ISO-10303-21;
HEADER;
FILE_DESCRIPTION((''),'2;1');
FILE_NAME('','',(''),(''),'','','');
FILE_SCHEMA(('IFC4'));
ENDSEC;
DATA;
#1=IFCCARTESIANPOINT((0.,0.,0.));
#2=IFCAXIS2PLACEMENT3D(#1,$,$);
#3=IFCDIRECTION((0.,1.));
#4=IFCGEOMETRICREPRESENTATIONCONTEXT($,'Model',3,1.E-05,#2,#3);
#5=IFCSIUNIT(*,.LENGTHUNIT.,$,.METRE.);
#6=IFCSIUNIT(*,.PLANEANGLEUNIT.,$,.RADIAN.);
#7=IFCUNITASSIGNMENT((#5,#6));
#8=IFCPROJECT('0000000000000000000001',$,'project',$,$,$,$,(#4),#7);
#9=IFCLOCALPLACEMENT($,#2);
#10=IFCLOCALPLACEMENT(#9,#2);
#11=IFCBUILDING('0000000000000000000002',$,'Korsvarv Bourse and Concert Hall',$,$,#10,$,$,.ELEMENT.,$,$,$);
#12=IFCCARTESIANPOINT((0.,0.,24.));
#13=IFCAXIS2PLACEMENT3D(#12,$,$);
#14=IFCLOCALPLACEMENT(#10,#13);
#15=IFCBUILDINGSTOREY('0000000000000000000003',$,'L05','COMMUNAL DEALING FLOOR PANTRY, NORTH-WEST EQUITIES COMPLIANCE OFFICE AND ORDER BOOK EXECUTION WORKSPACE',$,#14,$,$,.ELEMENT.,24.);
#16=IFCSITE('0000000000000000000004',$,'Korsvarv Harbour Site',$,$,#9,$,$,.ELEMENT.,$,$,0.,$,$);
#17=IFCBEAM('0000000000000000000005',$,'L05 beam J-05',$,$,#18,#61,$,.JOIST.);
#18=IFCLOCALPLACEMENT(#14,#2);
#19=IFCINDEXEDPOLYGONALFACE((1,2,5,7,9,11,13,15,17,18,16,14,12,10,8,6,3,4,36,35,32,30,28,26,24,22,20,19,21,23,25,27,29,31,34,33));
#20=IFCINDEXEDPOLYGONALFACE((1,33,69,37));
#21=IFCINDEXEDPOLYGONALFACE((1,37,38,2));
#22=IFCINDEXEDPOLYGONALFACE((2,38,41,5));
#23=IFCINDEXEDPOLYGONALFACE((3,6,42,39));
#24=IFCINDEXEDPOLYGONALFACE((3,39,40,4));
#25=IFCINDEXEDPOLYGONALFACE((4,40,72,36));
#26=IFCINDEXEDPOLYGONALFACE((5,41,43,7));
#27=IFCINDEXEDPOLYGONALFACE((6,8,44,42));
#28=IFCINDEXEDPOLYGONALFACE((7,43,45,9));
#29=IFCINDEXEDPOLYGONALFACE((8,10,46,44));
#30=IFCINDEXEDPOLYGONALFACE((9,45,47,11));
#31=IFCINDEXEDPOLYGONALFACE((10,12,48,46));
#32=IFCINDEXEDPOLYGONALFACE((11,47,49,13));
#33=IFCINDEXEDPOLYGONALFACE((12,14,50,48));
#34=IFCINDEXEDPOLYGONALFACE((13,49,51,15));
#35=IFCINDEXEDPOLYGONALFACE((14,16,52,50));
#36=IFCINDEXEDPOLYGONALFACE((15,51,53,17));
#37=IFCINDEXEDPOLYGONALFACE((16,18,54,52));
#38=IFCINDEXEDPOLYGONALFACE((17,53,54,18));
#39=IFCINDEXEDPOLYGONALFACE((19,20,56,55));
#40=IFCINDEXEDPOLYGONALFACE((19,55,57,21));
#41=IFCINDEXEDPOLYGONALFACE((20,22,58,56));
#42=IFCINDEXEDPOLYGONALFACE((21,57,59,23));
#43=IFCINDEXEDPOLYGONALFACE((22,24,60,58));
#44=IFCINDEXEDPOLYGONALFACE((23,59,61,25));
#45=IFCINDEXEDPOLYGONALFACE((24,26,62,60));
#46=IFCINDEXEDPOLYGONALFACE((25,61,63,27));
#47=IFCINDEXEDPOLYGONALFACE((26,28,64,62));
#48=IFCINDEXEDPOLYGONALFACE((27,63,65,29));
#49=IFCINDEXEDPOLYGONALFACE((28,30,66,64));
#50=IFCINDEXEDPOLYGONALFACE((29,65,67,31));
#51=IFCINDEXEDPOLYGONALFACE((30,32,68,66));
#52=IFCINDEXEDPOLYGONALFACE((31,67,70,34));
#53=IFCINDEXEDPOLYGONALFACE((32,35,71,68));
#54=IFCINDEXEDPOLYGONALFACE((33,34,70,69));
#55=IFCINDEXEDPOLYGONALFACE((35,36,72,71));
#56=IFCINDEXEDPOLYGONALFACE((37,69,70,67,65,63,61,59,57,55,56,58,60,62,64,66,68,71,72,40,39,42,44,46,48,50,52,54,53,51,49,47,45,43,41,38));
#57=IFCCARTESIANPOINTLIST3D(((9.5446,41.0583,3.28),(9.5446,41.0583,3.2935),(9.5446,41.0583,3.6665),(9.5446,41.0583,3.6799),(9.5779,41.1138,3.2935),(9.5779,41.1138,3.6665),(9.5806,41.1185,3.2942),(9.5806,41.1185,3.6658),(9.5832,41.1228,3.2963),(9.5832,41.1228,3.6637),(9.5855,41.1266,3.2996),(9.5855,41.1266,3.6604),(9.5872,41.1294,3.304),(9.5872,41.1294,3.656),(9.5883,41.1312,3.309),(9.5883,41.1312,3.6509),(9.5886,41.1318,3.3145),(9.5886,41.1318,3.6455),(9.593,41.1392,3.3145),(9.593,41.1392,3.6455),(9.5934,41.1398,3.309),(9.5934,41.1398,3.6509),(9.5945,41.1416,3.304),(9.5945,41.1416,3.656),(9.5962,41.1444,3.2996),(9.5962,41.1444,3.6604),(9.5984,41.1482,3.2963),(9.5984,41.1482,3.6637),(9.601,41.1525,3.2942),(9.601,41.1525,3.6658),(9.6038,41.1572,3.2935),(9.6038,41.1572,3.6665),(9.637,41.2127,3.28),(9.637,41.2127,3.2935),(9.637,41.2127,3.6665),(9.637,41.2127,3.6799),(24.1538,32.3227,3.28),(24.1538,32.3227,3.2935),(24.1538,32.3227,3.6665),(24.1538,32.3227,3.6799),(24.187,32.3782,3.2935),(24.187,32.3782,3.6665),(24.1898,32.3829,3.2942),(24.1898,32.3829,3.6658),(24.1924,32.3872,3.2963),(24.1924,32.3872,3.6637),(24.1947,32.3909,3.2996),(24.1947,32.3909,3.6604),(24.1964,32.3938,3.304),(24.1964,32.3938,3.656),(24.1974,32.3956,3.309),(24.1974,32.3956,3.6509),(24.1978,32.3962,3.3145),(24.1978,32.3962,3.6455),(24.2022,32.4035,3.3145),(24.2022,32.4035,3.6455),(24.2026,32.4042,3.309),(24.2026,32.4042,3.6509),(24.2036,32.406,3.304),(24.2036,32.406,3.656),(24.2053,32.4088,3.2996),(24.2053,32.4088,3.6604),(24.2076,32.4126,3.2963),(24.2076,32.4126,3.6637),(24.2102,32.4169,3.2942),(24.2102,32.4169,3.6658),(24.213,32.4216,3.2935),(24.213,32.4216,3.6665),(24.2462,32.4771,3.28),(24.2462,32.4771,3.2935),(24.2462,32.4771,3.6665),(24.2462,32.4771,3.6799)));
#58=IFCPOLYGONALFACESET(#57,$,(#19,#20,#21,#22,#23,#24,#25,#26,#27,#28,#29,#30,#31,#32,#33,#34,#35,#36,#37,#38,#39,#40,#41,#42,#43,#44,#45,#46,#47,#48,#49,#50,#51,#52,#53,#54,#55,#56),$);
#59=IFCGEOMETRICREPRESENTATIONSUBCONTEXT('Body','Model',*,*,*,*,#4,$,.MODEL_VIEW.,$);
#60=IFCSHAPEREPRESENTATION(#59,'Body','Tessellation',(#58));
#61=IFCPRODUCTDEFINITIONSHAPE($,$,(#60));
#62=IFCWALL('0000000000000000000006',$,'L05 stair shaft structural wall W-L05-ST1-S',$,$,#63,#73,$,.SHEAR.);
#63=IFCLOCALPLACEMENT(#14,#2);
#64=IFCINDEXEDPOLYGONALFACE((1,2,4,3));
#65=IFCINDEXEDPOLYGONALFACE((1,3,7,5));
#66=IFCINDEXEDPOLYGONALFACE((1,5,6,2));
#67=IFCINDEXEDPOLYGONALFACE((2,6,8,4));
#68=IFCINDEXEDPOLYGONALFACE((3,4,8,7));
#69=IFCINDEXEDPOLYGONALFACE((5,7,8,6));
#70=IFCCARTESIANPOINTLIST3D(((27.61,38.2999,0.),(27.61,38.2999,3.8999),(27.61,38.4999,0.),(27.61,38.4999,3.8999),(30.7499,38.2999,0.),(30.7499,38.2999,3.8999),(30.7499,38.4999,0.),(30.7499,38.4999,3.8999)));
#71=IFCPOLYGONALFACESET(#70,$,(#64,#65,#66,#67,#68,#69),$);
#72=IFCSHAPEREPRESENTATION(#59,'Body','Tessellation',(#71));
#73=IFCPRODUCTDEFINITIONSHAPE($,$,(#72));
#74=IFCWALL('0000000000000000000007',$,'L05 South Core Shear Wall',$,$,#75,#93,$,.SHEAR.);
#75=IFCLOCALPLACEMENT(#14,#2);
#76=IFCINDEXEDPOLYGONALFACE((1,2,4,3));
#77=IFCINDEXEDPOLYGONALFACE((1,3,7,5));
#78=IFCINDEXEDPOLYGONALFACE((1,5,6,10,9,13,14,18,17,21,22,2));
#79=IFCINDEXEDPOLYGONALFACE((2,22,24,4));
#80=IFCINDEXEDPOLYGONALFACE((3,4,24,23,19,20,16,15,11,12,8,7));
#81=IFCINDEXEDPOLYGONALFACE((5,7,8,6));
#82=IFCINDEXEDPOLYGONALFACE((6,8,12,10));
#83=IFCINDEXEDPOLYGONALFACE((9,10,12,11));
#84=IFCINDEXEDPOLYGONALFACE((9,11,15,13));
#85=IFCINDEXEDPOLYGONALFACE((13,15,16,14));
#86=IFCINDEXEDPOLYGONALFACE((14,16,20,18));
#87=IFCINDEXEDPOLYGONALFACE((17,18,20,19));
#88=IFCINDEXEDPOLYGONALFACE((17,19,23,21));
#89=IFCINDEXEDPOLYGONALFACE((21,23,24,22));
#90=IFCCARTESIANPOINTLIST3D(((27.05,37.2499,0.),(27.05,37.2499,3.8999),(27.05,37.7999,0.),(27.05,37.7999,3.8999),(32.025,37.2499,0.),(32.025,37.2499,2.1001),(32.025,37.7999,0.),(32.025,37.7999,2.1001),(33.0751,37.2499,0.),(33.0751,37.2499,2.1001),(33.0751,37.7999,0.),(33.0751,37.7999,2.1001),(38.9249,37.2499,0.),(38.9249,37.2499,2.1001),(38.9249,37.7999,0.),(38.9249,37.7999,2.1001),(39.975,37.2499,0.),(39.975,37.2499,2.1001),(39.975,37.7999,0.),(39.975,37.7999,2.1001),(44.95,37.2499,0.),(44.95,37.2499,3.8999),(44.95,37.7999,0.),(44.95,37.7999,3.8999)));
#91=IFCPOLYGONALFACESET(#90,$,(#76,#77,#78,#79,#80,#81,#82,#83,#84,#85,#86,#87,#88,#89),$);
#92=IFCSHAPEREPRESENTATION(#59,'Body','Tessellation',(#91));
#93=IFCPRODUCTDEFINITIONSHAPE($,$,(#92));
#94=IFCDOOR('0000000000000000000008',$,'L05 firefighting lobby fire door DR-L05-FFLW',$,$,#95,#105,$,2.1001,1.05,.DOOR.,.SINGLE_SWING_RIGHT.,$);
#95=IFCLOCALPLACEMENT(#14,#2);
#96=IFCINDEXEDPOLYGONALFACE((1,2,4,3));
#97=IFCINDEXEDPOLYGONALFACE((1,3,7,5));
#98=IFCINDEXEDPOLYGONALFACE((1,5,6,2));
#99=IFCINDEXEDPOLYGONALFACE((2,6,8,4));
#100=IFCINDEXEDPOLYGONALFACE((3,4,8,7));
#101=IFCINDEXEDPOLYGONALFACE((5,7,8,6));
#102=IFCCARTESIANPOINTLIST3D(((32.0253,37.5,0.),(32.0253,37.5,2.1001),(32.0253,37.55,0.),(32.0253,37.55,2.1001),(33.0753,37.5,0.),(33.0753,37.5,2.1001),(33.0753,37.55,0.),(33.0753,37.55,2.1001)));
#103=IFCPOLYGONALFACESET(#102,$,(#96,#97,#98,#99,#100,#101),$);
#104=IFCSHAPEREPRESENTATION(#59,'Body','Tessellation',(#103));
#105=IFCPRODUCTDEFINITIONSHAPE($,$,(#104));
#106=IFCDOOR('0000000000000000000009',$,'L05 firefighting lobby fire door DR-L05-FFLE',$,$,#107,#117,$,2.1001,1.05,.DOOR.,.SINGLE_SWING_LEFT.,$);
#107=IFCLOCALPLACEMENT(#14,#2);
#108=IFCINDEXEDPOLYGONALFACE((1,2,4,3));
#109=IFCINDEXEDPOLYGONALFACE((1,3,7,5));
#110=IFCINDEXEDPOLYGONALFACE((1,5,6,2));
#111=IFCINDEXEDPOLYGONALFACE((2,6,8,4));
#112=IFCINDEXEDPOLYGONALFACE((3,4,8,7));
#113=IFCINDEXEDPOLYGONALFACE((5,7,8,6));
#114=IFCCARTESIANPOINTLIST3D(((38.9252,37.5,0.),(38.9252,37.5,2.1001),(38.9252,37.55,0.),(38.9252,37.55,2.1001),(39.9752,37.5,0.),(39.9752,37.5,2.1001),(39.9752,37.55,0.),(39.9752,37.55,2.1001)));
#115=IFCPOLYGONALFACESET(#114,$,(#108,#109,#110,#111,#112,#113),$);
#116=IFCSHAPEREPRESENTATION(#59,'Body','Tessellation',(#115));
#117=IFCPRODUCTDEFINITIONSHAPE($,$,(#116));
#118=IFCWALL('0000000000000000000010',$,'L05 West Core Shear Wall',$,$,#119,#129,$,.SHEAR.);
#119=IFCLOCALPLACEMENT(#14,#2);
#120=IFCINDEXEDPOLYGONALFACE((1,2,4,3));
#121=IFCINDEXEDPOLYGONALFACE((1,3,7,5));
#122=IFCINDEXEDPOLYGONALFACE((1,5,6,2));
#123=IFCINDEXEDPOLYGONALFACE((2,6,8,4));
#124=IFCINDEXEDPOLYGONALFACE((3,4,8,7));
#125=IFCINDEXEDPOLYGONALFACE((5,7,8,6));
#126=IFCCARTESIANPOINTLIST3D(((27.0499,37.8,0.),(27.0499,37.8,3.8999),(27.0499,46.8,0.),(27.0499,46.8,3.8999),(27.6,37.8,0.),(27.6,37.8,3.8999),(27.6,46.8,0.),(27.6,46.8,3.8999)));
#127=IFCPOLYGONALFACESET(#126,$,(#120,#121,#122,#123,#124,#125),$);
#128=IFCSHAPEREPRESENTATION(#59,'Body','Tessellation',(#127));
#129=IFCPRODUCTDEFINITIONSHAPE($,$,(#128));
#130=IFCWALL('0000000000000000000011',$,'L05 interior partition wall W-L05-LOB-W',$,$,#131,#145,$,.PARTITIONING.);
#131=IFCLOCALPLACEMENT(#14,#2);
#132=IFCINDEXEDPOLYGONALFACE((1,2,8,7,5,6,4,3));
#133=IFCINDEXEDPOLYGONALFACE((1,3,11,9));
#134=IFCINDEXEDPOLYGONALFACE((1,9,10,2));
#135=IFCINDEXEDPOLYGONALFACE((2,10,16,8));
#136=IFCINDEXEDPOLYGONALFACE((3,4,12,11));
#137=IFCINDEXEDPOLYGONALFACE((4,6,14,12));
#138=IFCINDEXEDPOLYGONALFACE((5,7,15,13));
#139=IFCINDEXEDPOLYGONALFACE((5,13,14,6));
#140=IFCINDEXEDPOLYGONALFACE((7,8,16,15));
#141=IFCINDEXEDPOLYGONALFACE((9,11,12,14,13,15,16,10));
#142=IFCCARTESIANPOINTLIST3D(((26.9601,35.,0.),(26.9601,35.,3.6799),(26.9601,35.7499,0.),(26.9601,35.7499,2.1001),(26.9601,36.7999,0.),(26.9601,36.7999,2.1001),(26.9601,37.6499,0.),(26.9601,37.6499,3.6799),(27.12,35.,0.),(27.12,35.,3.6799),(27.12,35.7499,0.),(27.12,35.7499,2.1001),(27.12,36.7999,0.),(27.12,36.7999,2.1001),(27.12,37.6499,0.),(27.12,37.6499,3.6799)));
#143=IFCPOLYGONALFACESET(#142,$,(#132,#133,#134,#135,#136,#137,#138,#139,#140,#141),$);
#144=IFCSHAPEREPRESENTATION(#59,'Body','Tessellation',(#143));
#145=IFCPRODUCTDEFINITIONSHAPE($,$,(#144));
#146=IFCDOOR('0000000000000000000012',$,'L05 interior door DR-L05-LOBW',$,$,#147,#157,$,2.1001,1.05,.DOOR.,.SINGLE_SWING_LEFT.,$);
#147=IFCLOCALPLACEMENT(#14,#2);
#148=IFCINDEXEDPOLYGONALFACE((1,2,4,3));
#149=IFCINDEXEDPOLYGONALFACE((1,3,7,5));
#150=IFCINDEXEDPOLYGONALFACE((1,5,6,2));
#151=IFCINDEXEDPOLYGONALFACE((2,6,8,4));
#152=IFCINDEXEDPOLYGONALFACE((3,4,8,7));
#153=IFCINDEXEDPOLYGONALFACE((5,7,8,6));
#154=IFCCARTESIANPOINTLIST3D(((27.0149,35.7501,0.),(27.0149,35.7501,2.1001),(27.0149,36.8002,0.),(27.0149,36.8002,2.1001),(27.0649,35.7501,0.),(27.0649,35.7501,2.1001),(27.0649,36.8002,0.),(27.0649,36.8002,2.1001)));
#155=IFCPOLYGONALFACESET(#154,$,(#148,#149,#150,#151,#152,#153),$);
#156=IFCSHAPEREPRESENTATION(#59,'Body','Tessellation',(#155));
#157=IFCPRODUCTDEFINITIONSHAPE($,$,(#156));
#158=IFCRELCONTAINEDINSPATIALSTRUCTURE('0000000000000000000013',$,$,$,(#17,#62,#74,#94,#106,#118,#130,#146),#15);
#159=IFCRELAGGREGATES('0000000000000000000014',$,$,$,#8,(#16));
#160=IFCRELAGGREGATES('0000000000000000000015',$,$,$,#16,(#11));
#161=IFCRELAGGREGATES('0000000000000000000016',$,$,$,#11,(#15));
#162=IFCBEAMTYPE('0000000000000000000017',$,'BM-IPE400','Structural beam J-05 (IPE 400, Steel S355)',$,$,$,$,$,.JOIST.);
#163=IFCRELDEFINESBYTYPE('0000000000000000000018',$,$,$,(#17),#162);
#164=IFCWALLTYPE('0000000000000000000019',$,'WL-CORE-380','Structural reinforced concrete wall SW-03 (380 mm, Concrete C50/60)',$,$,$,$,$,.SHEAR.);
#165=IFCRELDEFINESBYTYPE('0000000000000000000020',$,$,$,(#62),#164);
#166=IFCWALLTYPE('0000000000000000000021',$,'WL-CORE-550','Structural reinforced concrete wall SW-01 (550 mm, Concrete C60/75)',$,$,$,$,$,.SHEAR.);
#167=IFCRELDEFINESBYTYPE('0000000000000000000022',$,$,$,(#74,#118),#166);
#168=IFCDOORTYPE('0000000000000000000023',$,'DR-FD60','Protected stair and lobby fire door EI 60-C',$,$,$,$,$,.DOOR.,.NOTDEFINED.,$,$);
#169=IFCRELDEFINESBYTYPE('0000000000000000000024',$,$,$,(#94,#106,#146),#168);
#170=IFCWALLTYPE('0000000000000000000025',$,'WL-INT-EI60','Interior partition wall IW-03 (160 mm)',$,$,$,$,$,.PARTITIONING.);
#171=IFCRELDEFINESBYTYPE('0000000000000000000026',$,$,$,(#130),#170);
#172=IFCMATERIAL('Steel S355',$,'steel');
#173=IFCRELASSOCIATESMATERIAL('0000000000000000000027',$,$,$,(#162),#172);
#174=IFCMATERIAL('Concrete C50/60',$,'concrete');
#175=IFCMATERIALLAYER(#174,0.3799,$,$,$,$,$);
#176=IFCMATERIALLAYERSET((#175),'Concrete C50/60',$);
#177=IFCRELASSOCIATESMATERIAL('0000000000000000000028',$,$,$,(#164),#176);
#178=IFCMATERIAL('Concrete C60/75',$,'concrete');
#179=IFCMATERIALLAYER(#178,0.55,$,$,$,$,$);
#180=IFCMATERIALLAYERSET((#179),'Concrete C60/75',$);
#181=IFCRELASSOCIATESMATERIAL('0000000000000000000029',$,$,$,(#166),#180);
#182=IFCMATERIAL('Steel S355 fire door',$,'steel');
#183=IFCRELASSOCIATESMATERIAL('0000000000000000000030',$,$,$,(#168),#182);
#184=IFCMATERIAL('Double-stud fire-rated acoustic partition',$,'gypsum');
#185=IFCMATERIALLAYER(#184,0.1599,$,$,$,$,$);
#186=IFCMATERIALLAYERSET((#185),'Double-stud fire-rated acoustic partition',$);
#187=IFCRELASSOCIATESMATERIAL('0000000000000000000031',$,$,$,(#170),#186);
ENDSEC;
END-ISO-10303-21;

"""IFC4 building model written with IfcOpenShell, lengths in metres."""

from ifc_helpers import new_model, si_unit, direction, frame, frame_2d, origin, origin_2d, place, context, subcontext, project, spatial, rectangle, i_section, extrude, source, transform, mapped, material, layer, layer_set, material_profile, profile_set, type_object, element, fill, save


model = new_model("IFC4")

# Units and contexts
model_context = context("Model", 3, precision=1e-05, world=origin(), true_north=direction((0.0, 1.0)))
body_context = subcontext(model_context, "Body", "Model", "MODEL_VIEW")
ifc_project = project(units=[si_unit("LENGTHUNIT", "METRE"), si_unit("PLANEANGLEUNIT", "RADIAN")], contexts=[model_context])

# Site, building, storey
site_placement = place(None, origin())
site = spatial("IfcSite", under=ifc_project, at=site_placement, Name="Korsvarv Harbour Site", CompositionType="ELEMENT", RefElevation=0.0)
building_placement = place(site_placement, origin())
building = spatial("IfcBuilding", under=site, at=building_placement, Name="Korsvarv Bourse and Concert Hall", CompositionType="ELEMENT")
storey_placement = place(building_placement, frame((0.0, 0.0, 24.0)))
storey = spatial("IfcBuildingStorey", under=building, at=storey_placement, Name="L05", Description="COMMUNAL DEALING FLOOR PANTRY, NORTH-WEST EQUITIES COMPLIANCE OFFICE AND ORDER BOOK EXECUTION WORKSPACE", CompositionType="ELEMENT", Elevation=24.0)

# Shared definitions
ifc_material_1 = material(Name="Concrete C60/75", Category="concrete")

# Beam
ifc_material_2 = material(Name="Steel S355", Category="steel")
ifc_material_profile_1 = material_profile(ifc_material_2, i_section(OverallWidth=0.1799, OverallDepth=0.3999, WebThickness=0.0085, FlangeThickness=0.0134, FilletRadius=0.021, at=origin_2d()), Name="IPE 400")
ifc_profile_set_1 = profile_set([ifc_material_profile_1], Name="Steel S355")
beam_type_1 = type_object("IfcBeamType", Name="BM-IPE400", Description="Structural beam J-05 (IPE 400, Steel S355)", PredefinedType="JOIST", material=ifc_profile_set_1)
shared_shape_1 = source(origin(), body_context, "Body", "SweptSolid", [
    extrude(i_section(OverallWidth=0.1799, OverallDepth=0.3999, WebThickness=0.0085, FlangeThickness=0.0134, FilletRadius=0.021, at=origin_2d()), origin(), (0.0, 0.0, 1.0), 17.0217),
])
beam_1_placement = place(storey_placement, frame((9.5908, 41.1355, 3.48), z_axis=(0.858266, -0.513204, 0.0), x_axis=(0.513204, 0.858266, 0.0)))
element("IfcBeam", 1, at=beam_1_placement, inside=storey, type_object=beam_type_1, Name="L05 beam J-05", PredefinedType="JOIST", context=body_context, shape_type="MappedRepresentation", body=[
    mapped(shared_shape_1, transform((0.0, 0.0, 0.0), scale=1.0)),
])

# Wall
ifc_material_3 = material(Name="Concrete C50/60", Category="concrete")
ifc_layer_1 = layer(ifc_material_3, 0.3799)
ifc_layer_set_1 = layer_set([ifc_layer_1], Name="Concrete C50/60")
wall_type_1 = type_object("IfcWallType", Name="WL-CORE-380", Description="Structural reinforced concrete wall SW-03 (380 mm, Concrete C50/60)", PredefinedType="SHEAR", material=ifc_layer_set_1)
wall_1_placement = place(storey_placement, frame((27.6101, 38.3999, 0.0), z_axis=(0.0, 0.0, 1.0), x_axis=(1.0, 0.0, 0.0)))
element("IfcWall", 2, at=wall_1_placement, inside=storey, type_object=wall_type_1, Name="L05 stair shaft structural wall W-L05-ST1-S", PredefinedType="SHEAR", context=body_context, shape_type="SweptSolid", body=[
    extrude(rectangle(XDim=3.1399, YDim=0.2, at=frame_2d((1.5698, 0.0))), origin(), (0.0, 0.0, 1.0), 3.8999),
])

# Wall, openings, doors
ifc_layer_2 = layer(ifc_material_1, 0.55)
ifc_layer_set_2 = layer_set([ifc_layer_2], Name="Concrete C60/75")
wall_type_2 = type_object("IfcWallType", Name="WL-CORE-550", Description="Structural reinforced concrete wall SW-01 (550 mm, Concrete C60/75)", PredefinedType="SHEAR", material=ifc_layer_set_2)
wall_2_placement = place(storey_placement, frame((27.05, 37.5249, 0.0), z_axis=(0.0, 0.0, 1.0), x_axis=(1.0, 0.0, 0.0)))
wall_2 = element("IfcWall", 3, at=wall_2_placement, inside=storey, type_object=wall_type_2, Name="L05 South Core Shear Wall", PredefinedType="SHEAR", context=body_context, shape_type="SweptSolid", body=[
    extrude(rectangle(XDim=17.8999, YDim=0.55, at=frame_2d((8.95, 0.0))), origin(), (0.0, 0.0, 1.0), 3.8999),
])
opening_1_placement = place(wall_2_placement, frame((4.9751, 0.0, 0.0)))
opening_1 = element("IfcOpeningElement", 4, at=opening_1_placement, cuts=wall_2, PredefinedType="OPENING", context=body_context, shape_type="SweptSolid", body=[
    extrude(rectangle(XDim=1.05, YDim=2.1001, at=frame_2d((0.5249, 1.05))), frame((0.0, 0.2852, 0.0), z_axis=(0.0, -1.0, 0.0), x_axis=(1.0, 0.0, 0.0)), (0.0, 0.0, 1.0), 0.5701),
])
opening_2_placement = place(wall_2_placement, frame((11.875, 0.0, 0.0)))
opening_2 = element("IfcOpeningElement", 5, at=opening_2_placement, cuts=wall_2, PredefinedType="OPENING", context=body_context, shape_type="SweptSolid", body=[
    extrude(rectangle(XDim=1.05, YDim=2.1001, at=frame_2d((0.5249, 1.05))), frame((0.0, 0.2852, 0.0), z_axis=(0.0, -1.0, 0.0), x_axis=(1.0, 0.0, 0.0)), (0.0, 0.0, 1.0), 0.5701),
])
ifc_material_4 = material(Name="Steel S355 fire door", Category="steel")
door_type_1 = type_object("IfcDoorType", Name="DR-FD60", Description="Protected stair and lobby fire door EI 60-C", OperationType="NOTDEFINED", PredefinedType="DOOR", material=ifc_material_4)
door_1_placement = place(opening_1_placement, frame((1.05, 0.0, 0.0), z_axis=(0.0, 0.0, 1.0), x_axis=(-1.0, 0.0, 0.0)))
door_1 = element("IfcDoor", 6, at=door_1_placement, inside=storey, type_object=door_type_1, Name="L05 firefighting lobby fire door DR-L05-FFLW", OperationType="SINGLE_SWING_RIGHT", OverallHeight=2.1001, OverallWidth=1.05, PredefinedType="DOOR", context=body_context, shape_type="SweptSolid", body=[
    extrude(rectangle(XDim=1.05, YDim=2.1001, at=frame_2d((0.5249, 1.05))), frame((0.0, 0.0249, 0.0), z_axis=(0.0, -1.0, 0.0), x_axis=(1.0, 0.0, 0.0)), (0.0, 0.0, 1.0), 0.05),
])
fill(opening_1, door_1)
door_2_placement = place(opening_2_placement, frame((1.05, 0.0, 0.0), z_axis=(0.0, 0.0, 1.0), x_axis=(-1.0, 0.0, 0.0)))
door_2 = element("IfcDoor", 7, at=door_2_placement, inside=storey, type_object=door_type_1, Name="L05 firefighting lobby fire door DR-L05-FFLE", OperationType="SINGLE_SWING_LEFT", OverallHeight=2.1001, OverallWidth=1.05, PredefinedType="DOOR", context=body_context, shape_type="SweptSolid", body=[
    extrude(rectangle(XDim=1.05, YDim=2.1001, at=frame_2d((0.5249, 1.05))), frame((0.0, 0.0249, 0.0), z_axis=(0.0, -1.0, 0.0), x_axis=(1.0, 0.0, 0.0)), (0.0, 0.0, 1.0), 0.05),
])
fill(opening_2, door_2)

# Wall
wall_3_placement = place(storey_placement, frame((27.325, 37.8, 0.0), z_axis=(0.0, 0.0, 1.0), x_axis=(0.0, 1.0, 0.0)))
element("IfcWall", 8, at=wall_3_placement, inside=storey, type_object=wall_type_2, Name="L05 West Core Shear Wall", PredefinedType="SHEAR", context=body_context, shape_type="SweptSolid", body=[
    extrude(rectangle(XDim=9.0, YDim=0.55, at=frame_2d((4.5, 0.0))), origin(), (0.0, 0.0, 1.0), 3.8999),
])

# Wall, opening, door
ifc_material_5 = material(Name="Double-stud fire-rated acoustic partition", Category="gypsum")
ifc_layer_3 = layer(ifc_material_5, 0.1599)
ifc_layer_set_3 = layer_set([ifc_layer_3], Name="Double-stud fire-rated acoustic partition")
wall_type_3 = type_object("IfcWallType", Name="WL-INT-EI60", Description="Interior partition wall IW-03 (160 mm)", PredefinedType="PARTITIONING", material=ifc_layer_set_3)
wall_4_placement = place(storey_placement, frame((27.04, 35.0, 0.0), z_axis=(0.0, 0.0, 1.0), x_axis=(0.0, 1.0, 0.0)))
wall_4 = element("IfcWall", 9, at=wall_4_placement, inside=storey, type_object=wall_type_3, Name="L05 interior partition wall W-L05-LOB-W", PredefinedType="PARTITIONING", context=body_context, shape_type="SweptSolid", body=[
    extrude(rectangle(XDim=2.6499, YDim=0.1599, at=frame_2d((1.325, 0.0))), origin(), (0.0, 0.0, 1.0), 3.6799),
])
opening_3_placement = place(wall_4_placement, frame((0.75, 0.0, 0.0)))
opening_3 = element("IfcOpeningElement", 10, at=opening_3_placement, cuts=wall_4, PredefinedType="OPENING", context=body_context, shape_type="SweptSolid", body=[
    extrude(rectangle(XDim=1.05, YDim=2.1001, at=frame_2d((0.5249, 1.05))), frame((0.0, 0.0898, 0.0), z_axis=(0.0, -1.0, 0.0), x_axis=(1.0, 0.0, 0.0)), (0.0, 0.0, 1.0), 0.1799),
])
door_3_placement = place(opening_3_placement, frame((1.05, 0.0, 0.0), z_axis=(0.0, 0.0, 1.0), x_axis=(-1.0, 0.0, 0.0)))
door_3 = element("IfcDoor", 11, at=door_3_placement, inside=storey, type_object=door_type_1, Name="L05 interior door DR-L05-LOBW", OperationType="SINGLE_SWING_LEFT", OverallHeight=2.1001, OverallWidth=1.05, PredefinedType="DOOR", context=body_context, shape_type="SweptSolid", body=[
    extrude(rectangle(XDim=1.05, YDim=2.1001, at=frame_2d((0.5249, 1.05))), frame((0.0, 0.0249, 0.0), z_axis=(0.0, -1.0, 0.0), x_axis=(1.0, 0.0, 0.0)), (0.0, 0.0, 1.0), 0.05),
])
fill(opening_3, door_3)

save(model, "model.ifc")
